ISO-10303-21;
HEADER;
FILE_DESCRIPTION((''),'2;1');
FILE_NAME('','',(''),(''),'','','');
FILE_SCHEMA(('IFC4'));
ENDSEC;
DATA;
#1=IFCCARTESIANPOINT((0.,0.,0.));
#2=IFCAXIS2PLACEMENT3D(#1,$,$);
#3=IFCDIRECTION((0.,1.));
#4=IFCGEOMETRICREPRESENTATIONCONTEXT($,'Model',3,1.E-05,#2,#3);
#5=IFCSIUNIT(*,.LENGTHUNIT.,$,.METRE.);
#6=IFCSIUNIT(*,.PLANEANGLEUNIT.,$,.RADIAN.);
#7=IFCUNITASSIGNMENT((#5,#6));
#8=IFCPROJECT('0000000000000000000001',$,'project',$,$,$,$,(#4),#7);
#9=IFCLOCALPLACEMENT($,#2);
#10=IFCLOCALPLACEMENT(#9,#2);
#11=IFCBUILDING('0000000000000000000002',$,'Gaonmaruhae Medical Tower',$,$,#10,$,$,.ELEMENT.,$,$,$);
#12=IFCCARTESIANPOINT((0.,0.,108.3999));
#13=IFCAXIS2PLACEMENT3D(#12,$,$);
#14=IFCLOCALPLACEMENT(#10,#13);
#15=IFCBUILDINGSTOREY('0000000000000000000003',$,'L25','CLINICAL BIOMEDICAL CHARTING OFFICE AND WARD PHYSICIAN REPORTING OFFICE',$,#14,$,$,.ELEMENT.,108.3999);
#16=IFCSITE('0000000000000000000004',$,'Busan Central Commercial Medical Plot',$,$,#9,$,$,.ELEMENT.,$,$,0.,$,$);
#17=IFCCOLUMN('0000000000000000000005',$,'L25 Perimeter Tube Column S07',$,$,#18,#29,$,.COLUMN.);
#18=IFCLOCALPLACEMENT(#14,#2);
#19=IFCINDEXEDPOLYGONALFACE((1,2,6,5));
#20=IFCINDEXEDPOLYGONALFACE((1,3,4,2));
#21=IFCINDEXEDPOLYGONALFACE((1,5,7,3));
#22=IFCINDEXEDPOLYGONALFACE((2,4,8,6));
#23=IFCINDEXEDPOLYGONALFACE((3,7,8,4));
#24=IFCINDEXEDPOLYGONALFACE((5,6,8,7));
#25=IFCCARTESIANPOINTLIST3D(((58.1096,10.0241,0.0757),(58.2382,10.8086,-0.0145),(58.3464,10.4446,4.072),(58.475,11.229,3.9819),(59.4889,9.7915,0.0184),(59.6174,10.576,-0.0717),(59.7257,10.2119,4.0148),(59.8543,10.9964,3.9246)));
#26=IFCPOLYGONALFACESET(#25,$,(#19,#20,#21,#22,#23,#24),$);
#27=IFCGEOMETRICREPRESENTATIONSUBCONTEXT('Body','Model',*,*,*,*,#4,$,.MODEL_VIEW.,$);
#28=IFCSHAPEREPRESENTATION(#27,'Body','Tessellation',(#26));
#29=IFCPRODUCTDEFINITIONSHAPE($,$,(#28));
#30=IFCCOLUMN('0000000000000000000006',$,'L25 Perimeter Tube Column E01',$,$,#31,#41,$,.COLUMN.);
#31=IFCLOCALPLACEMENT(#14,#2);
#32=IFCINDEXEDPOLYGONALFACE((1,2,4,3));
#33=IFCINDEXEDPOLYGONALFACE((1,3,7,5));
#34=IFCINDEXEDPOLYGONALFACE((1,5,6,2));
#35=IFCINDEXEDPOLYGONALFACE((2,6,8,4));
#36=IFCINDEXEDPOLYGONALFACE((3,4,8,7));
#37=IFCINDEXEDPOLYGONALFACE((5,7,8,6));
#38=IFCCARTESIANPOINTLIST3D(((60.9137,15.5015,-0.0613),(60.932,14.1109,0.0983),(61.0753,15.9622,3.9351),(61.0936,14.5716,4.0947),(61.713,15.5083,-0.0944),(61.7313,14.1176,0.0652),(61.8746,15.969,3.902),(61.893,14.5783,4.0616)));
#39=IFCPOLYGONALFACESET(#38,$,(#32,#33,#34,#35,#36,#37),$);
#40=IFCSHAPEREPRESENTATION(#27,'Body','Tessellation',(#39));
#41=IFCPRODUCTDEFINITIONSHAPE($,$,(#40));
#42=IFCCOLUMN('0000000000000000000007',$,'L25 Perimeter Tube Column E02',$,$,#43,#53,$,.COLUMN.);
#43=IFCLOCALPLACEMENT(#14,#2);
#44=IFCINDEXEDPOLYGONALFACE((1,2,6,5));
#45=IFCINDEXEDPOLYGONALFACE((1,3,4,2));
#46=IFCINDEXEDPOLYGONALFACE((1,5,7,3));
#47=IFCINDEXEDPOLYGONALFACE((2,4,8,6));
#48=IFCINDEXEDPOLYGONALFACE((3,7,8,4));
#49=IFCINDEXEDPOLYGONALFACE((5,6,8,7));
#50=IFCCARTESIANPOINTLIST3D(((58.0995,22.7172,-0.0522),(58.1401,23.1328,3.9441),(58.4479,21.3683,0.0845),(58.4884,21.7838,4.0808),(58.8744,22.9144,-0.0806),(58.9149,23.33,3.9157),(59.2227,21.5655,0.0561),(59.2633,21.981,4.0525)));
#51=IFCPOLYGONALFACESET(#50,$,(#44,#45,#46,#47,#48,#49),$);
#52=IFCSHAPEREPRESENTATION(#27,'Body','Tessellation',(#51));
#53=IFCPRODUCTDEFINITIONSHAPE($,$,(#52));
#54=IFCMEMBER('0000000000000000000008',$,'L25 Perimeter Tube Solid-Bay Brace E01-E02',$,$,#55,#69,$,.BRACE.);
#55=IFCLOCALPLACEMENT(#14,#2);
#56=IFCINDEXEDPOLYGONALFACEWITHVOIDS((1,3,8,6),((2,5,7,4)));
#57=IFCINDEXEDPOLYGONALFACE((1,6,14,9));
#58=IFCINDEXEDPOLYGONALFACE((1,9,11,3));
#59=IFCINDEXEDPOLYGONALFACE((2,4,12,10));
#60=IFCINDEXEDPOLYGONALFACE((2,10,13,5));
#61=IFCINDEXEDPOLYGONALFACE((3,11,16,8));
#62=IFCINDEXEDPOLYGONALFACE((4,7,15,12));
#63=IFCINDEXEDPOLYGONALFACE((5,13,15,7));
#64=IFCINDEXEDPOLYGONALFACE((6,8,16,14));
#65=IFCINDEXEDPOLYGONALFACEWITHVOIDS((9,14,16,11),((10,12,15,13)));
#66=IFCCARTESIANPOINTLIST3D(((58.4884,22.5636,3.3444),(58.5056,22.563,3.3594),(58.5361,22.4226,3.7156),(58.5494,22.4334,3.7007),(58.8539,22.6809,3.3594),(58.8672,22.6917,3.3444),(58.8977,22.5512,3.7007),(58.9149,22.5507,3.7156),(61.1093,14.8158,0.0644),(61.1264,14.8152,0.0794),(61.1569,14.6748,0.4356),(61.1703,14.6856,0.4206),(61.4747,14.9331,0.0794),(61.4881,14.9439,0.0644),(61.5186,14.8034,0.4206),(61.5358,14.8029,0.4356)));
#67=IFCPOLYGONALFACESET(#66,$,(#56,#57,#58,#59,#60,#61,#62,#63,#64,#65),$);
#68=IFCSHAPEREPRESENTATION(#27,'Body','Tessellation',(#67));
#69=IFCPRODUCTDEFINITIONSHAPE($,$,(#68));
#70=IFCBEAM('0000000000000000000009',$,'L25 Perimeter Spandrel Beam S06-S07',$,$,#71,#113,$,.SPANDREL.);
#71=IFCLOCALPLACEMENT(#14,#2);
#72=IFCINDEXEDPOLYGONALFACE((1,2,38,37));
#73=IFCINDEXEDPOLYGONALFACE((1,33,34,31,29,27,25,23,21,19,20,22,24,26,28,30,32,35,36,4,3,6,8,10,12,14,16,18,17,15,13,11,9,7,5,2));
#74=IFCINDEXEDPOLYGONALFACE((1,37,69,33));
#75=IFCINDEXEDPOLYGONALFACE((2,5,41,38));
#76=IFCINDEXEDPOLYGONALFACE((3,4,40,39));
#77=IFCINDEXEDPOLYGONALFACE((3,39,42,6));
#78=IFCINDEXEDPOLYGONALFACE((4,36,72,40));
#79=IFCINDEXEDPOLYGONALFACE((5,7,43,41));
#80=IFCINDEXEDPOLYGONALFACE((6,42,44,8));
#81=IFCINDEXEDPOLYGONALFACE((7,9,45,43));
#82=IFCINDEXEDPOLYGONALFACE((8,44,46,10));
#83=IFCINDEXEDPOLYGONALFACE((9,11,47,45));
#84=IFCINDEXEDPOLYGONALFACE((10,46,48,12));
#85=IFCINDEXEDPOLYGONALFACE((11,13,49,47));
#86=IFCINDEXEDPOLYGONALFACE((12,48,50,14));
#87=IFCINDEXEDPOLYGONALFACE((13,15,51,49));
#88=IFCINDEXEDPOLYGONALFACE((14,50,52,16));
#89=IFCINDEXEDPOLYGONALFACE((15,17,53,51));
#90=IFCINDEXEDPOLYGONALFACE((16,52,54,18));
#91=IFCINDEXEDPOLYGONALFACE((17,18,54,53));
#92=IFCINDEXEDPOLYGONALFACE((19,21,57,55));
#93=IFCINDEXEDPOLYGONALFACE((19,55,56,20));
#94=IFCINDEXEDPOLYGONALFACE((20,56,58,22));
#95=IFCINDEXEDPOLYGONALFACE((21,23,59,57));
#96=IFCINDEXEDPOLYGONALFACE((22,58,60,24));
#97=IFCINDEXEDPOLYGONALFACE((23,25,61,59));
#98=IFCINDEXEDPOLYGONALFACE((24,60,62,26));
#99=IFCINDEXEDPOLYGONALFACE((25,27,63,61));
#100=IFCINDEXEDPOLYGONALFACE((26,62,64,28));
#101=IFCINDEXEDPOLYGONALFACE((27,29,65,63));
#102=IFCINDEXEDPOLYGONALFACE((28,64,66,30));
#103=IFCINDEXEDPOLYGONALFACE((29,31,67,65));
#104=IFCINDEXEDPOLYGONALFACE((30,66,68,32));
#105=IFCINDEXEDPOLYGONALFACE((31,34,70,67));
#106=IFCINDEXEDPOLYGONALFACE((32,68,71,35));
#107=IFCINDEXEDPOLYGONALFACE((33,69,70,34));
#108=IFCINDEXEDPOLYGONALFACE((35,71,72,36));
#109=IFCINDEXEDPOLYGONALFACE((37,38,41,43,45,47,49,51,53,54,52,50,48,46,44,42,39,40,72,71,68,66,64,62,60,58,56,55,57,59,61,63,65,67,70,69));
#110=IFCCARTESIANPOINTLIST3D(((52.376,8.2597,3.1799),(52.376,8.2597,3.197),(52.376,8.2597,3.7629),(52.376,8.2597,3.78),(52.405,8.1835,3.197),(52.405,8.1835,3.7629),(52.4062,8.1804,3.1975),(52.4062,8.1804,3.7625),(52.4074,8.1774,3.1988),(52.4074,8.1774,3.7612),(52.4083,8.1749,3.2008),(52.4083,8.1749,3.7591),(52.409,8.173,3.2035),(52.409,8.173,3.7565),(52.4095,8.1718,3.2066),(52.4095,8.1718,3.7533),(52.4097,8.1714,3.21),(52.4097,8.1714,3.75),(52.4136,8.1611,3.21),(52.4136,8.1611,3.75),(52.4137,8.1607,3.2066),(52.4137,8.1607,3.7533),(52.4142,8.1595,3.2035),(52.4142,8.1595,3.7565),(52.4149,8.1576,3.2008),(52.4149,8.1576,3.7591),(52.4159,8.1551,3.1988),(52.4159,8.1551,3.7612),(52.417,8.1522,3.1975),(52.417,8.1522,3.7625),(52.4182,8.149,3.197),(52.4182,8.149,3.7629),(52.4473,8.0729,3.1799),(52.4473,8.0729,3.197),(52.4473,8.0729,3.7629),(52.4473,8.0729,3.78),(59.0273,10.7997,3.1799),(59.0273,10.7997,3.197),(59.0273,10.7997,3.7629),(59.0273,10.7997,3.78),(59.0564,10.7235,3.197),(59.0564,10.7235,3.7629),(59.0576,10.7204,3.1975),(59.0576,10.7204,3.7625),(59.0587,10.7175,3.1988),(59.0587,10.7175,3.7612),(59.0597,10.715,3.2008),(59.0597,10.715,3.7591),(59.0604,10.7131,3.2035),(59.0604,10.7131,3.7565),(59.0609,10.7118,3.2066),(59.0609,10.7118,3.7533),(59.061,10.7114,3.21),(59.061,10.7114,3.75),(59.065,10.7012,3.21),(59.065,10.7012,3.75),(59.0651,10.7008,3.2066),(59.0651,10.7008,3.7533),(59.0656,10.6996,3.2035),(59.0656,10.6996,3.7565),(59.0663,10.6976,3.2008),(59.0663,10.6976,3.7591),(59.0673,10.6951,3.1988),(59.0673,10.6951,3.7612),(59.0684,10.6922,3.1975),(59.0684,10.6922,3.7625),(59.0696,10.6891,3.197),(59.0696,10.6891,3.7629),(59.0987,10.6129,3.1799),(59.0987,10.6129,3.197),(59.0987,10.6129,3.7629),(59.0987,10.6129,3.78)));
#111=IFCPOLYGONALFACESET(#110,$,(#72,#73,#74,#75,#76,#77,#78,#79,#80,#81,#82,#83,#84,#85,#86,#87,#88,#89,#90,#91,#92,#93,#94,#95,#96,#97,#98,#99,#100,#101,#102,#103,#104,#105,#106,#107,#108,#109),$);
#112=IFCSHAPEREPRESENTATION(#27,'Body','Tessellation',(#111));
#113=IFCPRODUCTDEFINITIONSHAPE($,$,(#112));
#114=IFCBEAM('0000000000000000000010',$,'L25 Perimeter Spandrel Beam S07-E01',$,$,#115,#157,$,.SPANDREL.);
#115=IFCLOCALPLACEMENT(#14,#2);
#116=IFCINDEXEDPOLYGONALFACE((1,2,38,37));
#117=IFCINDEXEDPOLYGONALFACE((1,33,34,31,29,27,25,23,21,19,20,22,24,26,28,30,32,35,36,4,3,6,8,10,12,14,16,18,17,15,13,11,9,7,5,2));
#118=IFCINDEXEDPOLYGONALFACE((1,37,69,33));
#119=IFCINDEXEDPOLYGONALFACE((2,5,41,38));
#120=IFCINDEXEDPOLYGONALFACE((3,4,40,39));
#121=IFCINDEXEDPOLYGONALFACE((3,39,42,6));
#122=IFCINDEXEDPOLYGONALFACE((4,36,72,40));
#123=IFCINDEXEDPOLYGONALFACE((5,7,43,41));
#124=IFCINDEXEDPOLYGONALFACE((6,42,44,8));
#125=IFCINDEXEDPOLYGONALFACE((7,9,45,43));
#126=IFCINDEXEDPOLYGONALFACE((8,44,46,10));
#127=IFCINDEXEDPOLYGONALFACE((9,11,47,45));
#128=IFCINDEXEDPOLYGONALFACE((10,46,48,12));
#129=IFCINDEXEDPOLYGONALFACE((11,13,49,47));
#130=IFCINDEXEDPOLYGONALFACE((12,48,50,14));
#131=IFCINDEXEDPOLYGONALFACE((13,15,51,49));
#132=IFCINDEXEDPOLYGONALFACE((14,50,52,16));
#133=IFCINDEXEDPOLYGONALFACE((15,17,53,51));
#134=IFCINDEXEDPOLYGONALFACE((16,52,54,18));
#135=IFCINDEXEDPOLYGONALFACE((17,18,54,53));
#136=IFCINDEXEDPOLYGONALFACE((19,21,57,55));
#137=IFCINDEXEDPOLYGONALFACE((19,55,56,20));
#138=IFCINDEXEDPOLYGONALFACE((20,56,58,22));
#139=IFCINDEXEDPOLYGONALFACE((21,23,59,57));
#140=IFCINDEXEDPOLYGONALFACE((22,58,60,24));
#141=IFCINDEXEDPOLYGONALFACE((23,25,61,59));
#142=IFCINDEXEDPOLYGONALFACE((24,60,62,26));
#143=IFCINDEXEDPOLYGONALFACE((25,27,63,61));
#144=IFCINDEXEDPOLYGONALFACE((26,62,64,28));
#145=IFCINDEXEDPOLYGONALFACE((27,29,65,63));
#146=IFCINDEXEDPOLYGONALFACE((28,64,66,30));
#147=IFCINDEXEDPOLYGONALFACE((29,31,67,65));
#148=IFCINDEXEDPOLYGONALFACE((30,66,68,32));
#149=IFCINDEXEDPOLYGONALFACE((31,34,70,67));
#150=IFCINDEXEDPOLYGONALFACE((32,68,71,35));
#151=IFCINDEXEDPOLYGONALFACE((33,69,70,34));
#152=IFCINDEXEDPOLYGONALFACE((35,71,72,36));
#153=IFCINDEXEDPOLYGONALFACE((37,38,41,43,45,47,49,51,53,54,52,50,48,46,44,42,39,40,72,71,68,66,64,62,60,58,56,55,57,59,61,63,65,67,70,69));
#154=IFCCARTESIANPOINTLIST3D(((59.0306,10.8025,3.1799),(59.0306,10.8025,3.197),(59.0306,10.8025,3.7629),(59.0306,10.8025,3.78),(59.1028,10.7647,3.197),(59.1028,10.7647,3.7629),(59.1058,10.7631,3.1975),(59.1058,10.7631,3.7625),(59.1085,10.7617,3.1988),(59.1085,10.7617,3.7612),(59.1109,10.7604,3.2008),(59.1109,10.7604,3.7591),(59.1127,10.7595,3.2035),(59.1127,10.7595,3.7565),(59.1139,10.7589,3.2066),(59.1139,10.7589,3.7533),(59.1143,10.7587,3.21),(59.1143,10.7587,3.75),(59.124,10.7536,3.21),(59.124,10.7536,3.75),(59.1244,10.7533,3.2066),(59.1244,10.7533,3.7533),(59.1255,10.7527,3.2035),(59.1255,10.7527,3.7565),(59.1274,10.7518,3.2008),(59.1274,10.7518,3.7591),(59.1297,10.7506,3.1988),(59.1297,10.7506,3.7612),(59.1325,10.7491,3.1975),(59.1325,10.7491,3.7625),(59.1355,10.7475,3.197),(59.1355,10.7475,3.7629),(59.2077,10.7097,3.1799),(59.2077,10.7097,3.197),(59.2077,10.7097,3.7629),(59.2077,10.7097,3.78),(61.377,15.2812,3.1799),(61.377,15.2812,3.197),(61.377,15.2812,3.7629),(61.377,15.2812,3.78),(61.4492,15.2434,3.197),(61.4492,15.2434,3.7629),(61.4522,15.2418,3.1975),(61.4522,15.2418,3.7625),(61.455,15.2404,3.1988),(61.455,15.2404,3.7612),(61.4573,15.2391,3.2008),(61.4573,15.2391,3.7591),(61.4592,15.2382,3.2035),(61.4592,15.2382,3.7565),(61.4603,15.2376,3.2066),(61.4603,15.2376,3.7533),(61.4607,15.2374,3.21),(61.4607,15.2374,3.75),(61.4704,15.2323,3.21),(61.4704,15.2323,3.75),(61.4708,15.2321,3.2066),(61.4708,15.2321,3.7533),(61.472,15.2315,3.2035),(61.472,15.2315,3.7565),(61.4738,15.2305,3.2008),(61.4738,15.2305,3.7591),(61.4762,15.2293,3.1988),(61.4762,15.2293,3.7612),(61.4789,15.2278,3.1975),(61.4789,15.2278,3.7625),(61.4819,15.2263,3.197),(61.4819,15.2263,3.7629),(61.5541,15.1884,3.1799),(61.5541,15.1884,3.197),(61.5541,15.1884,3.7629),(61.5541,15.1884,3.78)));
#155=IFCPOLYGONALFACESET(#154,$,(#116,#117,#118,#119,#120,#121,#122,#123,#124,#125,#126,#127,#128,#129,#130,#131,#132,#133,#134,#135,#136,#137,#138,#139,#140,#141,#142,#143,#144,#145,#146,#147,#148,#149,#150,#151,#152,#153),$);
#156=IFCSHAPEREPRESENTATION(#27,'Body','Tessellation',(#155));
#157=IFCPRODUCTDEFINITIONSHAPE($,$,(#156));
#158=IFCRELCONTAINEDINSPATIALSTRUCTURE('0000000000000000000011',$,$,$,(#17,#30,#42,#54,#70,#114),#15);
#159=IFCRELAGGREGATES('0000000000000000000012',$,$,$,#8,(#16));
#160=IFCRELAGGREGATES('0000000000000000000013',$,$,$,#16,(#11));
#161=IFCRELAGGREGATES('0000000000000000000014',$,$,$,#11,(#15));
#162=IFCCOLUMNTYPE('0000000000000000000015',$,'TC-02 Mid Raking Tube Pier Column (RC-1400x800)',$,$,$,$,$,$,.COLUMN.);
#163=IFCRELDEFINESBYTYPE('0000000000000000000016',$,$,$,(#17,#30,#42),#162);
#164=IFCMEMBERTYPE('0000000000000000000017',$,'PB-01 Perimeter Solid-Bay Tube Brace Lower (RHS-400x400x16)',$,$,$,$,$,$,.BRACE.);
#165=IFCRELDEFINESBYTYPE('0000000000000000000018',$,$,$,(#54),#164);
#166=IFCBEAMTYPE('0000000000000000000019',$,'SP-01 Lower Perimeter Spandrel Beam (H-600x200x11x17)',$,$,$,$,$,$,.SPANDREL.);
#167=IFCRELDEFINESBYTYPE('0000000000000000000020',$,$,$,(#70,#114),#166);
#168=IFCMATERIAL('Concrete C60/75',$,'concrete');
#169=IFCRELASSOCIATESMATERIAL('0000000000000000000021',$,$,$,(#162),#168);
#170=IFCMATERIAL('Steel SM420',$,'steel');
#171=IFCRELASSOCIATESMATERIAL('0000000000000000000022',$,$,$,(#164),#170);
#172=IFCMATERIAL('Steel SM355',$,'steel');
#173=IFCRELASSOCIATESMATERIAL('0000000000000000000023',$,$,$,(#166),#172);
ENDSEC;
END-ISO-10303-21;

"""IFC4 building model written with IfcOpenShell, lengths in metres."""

from ifc_helpers import new_model, si_unit, direction, frame, origin, origin_2d, place, context, subcontext, project, spatial, rectangle, hollow_rectangle, i_section, extrude, material, material_profile, profile_set, type_object, element, save


model = new_model("IFC4")

# Units and contexts
model_context = context("Model", 3, precision=1e-05, world=origin(), true_north=direction((0.0, 1.0)))
body_context = subcontext(model_context, "Body", "Model", "MODEL_VIEW")
ifc_project = project(units=[si_unit("LENGTHUNIT", "METRE"), si_unit("PLANEANGLEUNIT", "RADIAN")], contexts=[model_context])

# Site, building, storey
site_placement = place(None, origin())
site = spatial("IfcSite", under=ifc_project, at=site_placement, Name="Busan Central Commercial Medical Plot", CompositionType="ELEMENT", RefElevation=0.0)
building_placement = place(site_placement, origin())
building = spatial("IfcBuilding", under=site, at=building_placement, Name="Gaonmaruhae Medical Tower", CompositionType="ELEMENT")
storey_placement = place(building_placement, frame((0.0, 0.0, 108.3999)))
storey = spatial("IfcBuildingStorey", under=building, at=storey_placement, Name="L25", Description="CLINICAL BIOMEDICAL CHARTING OFFICE AND WARD PHYSICIAN REPORTING OFFICE", CompositionType="ELEMENT", Elevation=108.3999)

# Columns
ifc_material_1 = material(Name="Concrete C60/75", Category="concrete")
ifc_material_profile_1 = material_profile(ifc_material_1, rectangle(XDim=1.3999, YDim=0.8, at=origin_2d()), Name="RC-1400x800")
ifc_profile_set_1 = profile_set([ifc_material_profile_1], Name="Concrete C60/75")
column_type = type_object("IfcColumnType", Name="TC-02 Mid Raking Tube Pier Column (RC-1400x800)", PredefinedType="COLUMN", material=ifc_profile_set_1)
column_1_placement = place(storey_placement, frame((58.8635, 10.3, 0.002), z_axis=(0.058831, 0.10444, 0.99279), x_axis=(-0.985243, 0.166201, 0.0409)))
element("IfcColumn", 1, at=column_1_placement, inside=storey, type_object=column_type, Name="L25 Perimeter Tube Column S07", PredefinedType="COLUMN", context=body_context, shape_type="SweptSolid", body=[
    extrude(rectangle(XDim=1.3999, YDim=0.8, at=origin_2d()), origin(), (0.0, 0.0, 1.0), 4.0254),
])
column_2_placement = place(storey_placement, frame((61.3225, 14.8096, 0.002), z_axis=(0.040144, 0.114428, 0.99262), x_axis=(0.013083, -0.993396, 0.113988)))
element("IfcColumn", 2, at=column_2_placement, inside=storey, type_object=column_type, Name="L25 Perimeter Tube Column E01", PredefinedType="COLUMN", context=body_context, shape_type="SweptSolid", body=[
    extrude(rectangle(XDim=1.3999, YDim=0.8, at=origin_2d()), origin(), (0.0, 0.0, 1.0), 4.0261),
])
column_3_placement = place(storey_placement, frame((58.6611, 22.1414, 0.002), z_axis=(0.010086, 0.103414, 0.994587), x_axis=(0.248836, -0.963608, 0.09767)))
element("IfcColumn", 3, at=column_3_placement, inside=storey, type_object=column_type, Name="L25 Perimeter Tube Column E02", PredefinedType="COLUMN", context=body_context, shape_type="SweptSolid", body=[
    extrude(rectangle(XDim=1.3999, YDim=0.8, at=origin_2d()), origin(), (0.0, 0.0, 1.0), 4.0181),
])

# Member
ifc_material_2 = material(Name="Steel SM420", Category="steel")
ifc_material_profile_2 = material_profile(ifc_material_2, hollow_rectangle(XDim=0.3999, YDim=0.3999, WallThickness=0.0161, at=origin_2d()), Name="RHS-400x400x16")
ifc_profile_set_2 = profile_set([ifc_material_profile_2], Name="Steel SM420")
member_type = type_object("IfcMemberType", Name="PB-01 Perimeter Solid-Bay Tube Brace Lower (RHS-400x400x16)", PredefinedType="BRACE", material=ifc_profile_set_2)
member_placement = place(storey_placement, frame((61.3225, 14.8093, 0.25), z_axis=(-0.29741, 0.879207, 0.372212), x_axis=(-0.947271, -0.320433, 0.0)))
element("IfcMember", 4, at=member_placement, inside=storey, type_object=member_type, Name="L25 Perimeter Tube Solid-Bay Brace E01-E02", PredefinedType="BRACE", context=body_context, shape_type="SweptSolid", body=[
    extrude(hollow_rectangle(XDim=0.3999, YDim=0.3999, WallThickness=0.0161, at=origin_2d()), origin(), (0.0, 0.0, 1.0), 8.8123),
])

# Beams
ifc_material_3 = material(Name="Steel SM355", Category="steel")
ifc_material_profile_3 = material_profile(ifc_material_3, i_section(OverallWidth=0.2, OverallDepth=0.6001, WebThickness=0.011, FlangeThickness=0.0171, FilletRadius=0.0129, at=origin_2d()), Name="H-600x200x11x17")
ifc_profile_set_3 = profile_set([ifc_material_profile_3], Name="Steel SM355")
beam_type = type_object("IfcBeamType", Name="SP-01 Lower Perimeter Spandrel Beam (H-600x200x11x17)", PredefinedType="SPANDREL", material=ifc_profile_set_3)
beam_1_placement = place(storey_placement, frame((52.4116, 8.1663, 3.48), z_axis=(0.934198, 0.356754, 0.0), x_axis=(-0.356754, 0.934198, 0.0)))
element("IfcBeam", 5, at=beam_1_placement, inside=storey, type_object=beam_type, Name="L25 Perimeter Spandrel Beam S06-S07", PredefinedType="SPANDREL", context=body_context, shape_type="SweptSolid", body=[
    extrude(i_section(OverallWidth=0.2, OverallDepth=0.6001, WebThickness=0.011, FlangeThickness=0.0171, FilletRadius=0.0129, at=origin_2d()), origin(), (0.0, 0.0, 1.0), 7.1199),
])
beam_2_placement = place(storey_placement, frame((59.1191, 10.7561, 3.48), z_axis=(0.464072, 0.885798, 0.0), x_axis=(-0.885798, 0.464072, 0.0)))
element("IfcBeam", 6, at=beam_2_placement, inside=storey, type_object=beam_type, Name="L25 Perimeter Spandrel Beam S07-E01", PredefinedType="SPANDREL", context=body_context, shape_type="SweptSolid", body=[
    extrude(i_section(OverallWidth=0.2, OverallDepth=0.6001, WebThickness=0.011, FlangeThickness=0.0171, FilletRadius=0.0129, at=origin_2d()), origin(), (0.0, 0.0, 1.0), 5.0562),
])

save(model, "model.ifc")
